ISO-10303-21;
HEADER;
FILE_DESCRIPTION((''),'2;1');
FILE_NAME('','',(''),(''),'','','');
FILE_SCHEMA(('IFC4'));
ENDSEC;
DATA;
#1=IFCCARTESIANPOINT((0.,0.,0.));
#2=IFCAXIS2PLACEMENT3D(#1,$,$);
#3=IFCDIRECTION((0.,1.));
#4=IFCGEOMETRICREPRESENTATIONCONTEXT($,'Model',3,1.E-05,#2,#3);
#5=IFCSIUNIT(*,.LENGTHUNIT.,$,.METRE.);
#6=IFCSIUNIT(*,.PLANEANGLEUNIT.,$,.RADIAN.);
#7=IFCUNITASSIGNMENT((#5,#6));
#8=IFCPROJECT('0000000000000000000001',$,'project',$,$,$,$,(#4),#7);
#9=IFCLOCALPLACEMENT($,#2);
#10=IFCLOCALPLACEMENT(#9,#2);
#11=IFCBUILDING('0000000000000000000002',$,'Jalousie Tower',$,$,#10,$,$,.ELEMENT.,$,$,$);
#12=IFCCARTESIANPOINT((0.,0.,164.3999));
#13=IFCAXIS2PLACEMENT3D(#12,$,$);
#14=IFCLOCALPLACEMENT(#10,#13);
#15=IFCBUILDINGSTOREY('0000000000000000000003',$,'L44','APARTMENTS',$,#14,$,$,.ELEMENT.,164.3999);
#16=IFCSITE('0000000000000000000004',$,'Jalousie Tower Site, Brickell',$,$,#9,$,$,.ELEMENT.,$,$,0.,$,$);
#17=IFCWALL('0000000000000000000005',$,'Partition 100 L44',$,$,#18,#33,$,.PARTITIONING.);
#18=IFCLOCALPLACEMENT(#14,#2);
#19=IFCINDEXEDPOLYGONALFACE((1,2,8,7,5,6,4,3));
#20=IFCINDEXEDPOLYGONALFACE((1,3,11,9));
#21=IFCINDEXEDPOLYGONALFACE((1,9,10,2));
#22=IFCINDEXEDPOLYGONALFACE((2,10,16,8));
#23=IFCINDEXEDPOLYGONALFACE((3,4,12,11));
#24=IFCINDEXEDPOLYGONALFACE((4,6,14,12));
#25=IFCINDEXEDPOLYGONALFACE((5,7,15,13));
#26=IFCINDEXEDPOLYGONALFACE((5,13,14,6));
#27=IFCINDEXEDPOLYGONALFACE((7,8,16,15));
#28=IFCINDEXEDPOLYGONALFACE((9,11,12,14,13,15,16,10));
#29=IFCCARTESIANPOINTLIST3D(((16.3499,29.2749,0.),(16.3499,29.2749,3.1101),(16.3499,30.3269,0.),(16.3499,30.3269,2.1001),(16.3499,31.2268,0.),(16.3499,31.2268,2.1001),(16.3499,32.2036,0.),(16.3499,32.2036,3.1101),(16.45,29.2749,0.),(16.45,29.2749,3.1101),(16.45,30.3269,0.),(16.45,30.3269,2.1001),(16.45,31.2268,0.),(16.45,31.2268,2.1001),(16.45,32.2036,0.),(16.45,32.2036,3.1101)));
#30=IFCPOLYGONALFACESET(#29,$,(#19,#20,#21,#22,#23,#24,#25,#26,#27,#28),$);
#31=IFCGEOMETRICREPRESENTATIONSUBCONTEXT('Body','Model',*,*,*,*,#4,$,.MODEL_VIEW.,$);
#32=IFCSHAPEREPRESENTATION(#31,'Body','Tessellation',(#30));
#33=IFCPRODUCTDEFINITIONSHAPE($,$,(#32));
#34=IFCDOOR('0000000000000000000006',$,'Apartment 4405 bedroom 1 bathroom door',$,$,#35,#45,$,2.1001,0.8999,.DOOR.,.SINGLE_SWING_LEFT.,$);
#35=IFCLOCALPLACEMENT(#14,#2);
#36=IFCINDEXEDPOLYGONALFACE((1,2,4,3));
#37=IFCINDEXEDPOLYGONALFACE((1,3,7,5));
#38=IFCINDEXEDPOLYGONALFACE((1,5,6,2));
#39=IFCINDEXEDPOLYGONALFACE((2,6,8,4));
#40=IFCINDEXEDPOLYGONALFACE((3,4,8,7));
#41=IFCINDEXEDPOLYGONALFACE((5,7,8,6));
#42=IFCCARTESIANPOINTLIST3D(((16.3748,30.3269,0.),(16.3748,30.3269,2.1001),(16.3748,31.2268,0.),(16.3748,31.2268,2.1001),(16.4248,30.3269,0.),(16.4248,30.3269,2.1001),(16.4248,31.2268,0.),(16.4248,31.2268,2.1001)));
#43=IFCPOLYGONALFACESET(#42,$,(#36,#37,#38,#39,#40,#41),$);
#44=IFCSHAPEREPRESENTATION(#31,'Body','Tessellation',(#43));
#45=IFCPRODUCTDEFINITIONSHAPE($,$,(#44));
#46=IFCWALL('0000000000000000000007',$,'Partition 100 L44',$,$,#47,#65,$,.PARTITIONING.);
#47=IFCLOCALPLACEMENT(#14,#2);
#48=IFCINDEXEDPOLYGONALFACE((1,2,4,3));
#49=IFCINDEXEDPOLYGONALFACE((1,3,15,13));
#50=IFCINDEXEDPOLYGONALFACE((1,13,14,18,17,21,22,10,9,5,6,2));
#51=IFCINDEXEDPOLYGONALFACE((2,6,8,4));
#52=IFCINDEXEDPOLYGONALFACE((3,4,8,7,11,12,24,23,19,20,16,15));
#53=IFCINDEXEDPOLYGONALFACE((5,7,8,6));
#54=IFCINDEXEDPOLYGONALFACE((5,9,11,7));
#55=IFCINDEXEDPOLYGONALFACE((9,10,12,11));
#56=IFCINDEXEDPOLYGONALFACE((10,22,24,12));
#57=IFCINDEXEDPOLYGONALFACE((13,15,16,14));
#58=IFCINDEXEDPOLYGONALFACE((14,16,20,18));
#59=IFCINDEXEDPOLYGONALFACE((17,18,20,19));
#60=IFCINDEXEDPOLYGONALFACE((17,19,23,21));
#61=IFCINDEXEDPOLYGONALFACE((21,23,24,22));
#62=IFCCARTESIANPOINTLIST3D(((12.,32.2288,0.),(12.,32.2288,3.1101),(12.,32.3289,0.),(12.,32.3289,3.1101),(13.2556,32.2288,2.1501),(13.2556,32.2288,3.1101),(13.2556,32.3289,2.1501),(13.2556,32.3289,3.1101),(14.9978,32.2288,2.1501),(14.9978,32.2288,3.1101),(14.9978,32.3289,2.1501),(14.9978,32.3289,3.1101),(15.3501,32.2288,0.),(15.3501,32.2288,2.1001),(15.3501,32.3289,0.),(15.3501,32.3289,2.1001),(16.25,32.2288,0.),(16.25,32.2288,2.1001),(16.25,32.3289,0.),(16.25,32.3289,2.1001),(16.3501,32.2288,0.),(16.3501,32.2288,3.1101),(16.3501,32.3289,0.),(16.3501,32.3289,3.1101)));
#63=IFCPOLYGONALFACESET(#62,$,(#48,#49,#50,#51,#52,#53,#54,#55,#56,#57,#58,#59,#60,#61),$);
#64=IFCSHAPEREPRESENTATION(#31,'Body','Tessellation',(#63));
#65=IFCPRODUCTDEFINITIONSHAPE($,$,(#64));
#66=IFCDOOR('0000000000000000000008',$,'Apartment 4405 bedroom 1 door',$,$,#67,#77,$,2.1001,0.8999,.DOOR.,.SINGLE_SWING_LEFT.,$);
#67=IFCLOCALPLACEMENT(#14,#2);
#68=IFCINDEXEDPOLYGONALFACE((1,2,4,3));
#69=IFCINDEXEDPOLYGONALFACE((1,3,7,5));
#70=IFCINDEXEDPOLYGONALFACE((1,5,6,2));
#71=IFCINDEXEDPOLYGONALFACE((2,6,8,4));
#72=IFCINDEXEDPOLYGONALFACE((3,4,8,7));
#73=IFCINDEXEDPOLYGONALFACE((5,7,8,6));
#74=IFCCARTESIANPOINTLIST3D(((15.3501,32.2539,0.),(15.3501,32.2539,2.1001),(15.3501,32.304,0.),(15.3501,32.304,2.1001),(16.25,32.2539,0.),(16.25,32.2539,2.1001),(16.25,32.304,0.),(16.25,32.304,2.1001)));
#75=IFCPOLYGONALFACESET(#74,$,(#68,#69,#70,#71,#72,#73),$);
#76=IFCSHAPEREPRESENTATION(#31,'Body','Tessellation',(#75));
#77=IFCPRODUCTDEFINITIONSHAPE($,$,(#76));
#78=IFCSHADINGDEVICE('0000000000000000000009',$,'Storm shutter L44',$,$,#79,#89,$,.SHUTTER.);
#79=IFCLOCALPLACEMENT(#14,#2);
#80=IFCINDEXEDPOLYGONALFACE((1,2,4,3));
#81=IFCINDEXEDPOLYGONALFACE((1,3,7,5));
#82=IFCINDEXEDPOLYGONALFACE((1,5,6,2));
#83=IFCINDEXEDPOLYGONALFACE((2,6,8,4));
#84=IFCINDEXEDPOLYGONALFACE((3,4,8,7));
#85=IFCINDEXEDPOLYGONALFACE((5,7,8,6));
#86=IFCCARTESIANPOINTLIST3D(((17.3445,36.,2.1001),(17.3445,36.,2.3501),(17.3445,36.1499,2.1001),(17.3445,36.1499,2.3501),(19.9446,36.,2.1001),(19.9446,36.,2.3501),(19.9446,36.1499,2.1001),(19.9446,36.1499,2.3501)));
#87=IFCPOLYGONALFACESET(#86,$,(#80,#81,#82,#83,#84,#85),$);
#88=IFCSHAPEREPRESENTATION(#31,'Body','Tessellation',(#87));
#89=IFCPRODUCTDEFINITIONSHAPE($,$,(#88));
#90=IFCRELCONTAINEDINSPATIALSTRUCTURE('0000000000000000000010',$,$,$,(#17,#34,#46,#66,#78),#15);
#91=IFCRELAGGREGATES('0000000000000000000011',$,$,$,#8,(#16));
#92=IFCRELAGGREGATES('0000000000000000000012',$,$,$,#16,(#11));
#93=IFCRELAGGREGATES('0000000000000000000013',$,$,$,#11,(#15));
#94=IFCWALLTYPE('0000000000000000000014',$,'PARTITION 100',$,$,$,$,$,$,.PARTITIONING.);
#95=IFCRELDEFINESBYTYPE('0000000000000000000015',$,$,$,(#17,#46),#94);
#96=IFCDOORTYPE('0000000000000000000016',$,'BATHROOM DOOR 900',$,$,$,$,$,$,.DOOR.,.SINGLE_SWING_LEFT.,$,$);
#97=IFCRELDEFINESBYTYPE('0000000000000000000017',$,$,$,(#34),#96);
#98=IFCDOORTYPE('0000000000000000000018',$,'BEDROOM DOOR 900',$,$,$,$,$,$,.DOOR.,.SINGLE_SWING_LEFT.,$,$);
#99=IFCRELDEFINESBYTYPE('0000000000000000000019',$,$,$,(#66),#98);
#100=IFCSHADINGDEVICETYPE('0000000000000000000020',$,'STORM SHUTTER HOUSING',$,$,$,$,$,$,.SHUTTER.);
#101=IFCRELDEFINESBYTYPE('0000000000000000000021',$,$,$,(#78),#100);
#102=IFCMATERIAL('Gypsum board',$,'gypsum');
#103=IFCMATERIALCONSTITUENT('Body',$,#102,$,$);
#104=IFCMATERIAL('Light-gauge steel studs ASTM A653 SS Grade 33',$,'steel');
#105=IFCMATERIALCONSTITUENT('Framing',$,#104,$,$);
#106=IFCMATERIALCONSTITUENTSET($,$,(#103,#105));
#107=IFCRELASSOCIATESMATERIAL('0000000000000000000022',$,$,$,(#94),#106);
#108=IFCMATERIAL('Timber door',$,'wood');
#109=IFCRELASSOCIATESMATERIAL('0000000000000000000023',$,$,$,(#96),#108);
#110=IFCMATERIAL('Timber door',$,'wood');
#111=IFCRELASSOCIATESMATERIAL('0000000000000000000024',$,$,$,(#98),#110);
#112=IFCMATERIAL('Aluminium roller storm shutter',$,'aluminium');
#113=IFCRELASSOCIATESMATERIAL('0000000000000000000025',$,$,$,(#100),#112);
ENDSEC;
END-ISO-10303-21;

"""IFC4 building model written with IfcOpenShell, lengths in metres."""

from ifc_helpers import new_model, si_unit, direction, frame, frame_2d, origin, origin_2d, place, context, subcontext, project, spatial, polyline, rectangle, outline, extrude, material, constituent, constituent_set, type_object, element, fill, save


model = new_model("IFC4")

# Units and contexts
model_context = context("Model", 3, precision=1e-05, world=origin(), true_north=direction((0.0, 1.0)))
body_context = subcontext(model_context, "Body", "Model", "MODEL_VIEW")
ifc_project = project(units=[si_unit("LENGTHUNIT", "METRE"), si_unit("PLANEANGLEUNIT", "RADIAN")], contexts=[model_context])

# Site, building, storey
site_placement = place(None, origin())
site = spatial("IfcSite", under=ifc_project, at=site_placement, Name="Jalousie Tower Site, Brickell", CompositionType="ELEMENT", RefElevation=0.0)
building_placement = place(site_placement, origin())
building = spatial("IfcBuilding", under=site, at=building_placement, Name="Jalousie Tower", CompositionType="ELEMENT")
storey_placement = place(building_placement, frame((0.0, 0.0, 164.3999)))
storey = spatial("IfcBuildingStorey", under=building, at=storey_placement, Name="L44", Description="APARTMENTS", CompositionType="ELEMENT", Elevation=164.3999)

# Walls, openings, doors
ifc_material_1 = material(Name="Gypsum board", Category="gypsum")
ifc_constituent_1 = constituent(ifc_material_1, Name="Body")
ifc_material_2 = material(Name="Light-gauge steel studs ASTM A653 SS Grade 33", Category="steel")
ifc_constituent_2 = constituent(ifc_material_2, Name="Framing")
ifc_constituent_set_1 = constituent_set(constituents=[ifc_constituent_1, ifc_constituent_2])
wall_type_1 = type_object("IfcWallType", Name="PARTITION 100", PredefinedType="PARTITIONING", material=ifc_constituent_set_1)
wall_1_placement = place(storey_placement, frame((16.3999, 32.2036, 0.0), z_axis=(0.0, 0.0, 1.0), x_axis=(0.0, -1.0, 0.0)))
wall_1 = element("IfcWall", 1, at=wall_1_placement, inside=storey, type_object=wall_type_1, Name="Partition 100 L44", PredefinedType="PARTITIONING", context=body_context, shape_type="SweptSolid", body=[
    extrude(rectangle(XDim=2.9287, YDim=0.1001, at=frame_2d((1.4644, 0.0))), origin(), (0.0, 0.0, 1.0), 3.1101),
])
opening_1_placement = place(wall_1_placement, frame((0.9768, 0.0, 0.0)))
opening_1 = element("IfcOpeningElement", 2, at=opening_1_placement, cuts=wall_1, PredefinedType="OPENING", context=body_context, shape_type="SweptSolid", body=[
    extrude(rectangle(XDim=0.8999, YDim=2.1001, at=frame_2d((0.45, 1.05))), frame((0.0, 0.0601, 0.0), z_axis=(0.0, -1.0, 0.0), x_axis=(1.0, 0.0, 0.0)), (0.0, 0.0, 1.0), 0.1201),
])
ifc_material_3 = material(Name="Timber door", Category="wood")
door_type_1 = type_object("IfcDoorType", Name="BATHROOM DOOR 900", OperationType="SINGLE_SWING_LEFT", PredefinedType="DOOR", material=ifc_material_3)
door_1_placement = place(opening_1_placement, origin())
door_1 = element("IfcDoor", 3, at=door_1_placement, inside=storey, type_object=door_type_1, Name="Apartment 4405 bedroom 1 bathroom door", OperationType="SINGLE_SWING_LEFT", OverallHeight=2.1001, OverallWidth=0.8999, PredefinedType="DOOR", context=body_context, shape_type="SweptSolid", body=[
    extrude(rectangle(XDim=0.8999, YDim=2.1001, at=frame_2d((0.45, 1.05))), frame((0.0, 0.0249, 0.0), z_axis=(0.0, -1.0, 0.0), x_axis=(1.0, 0.0, 0.0)), (0.0, 0.0, 1.0), 0.05),
])
fill(opening_1, door_1)
wall_2_placement = place(storey_placement, frame((16.3501, 32.2788, 0.0), z_axis=(0.0, 0.0, 1.0), x_axis=(-1.0, 0.0, 0.0)))
wall_2 = element("IfcWall", 4, at=wall_2_placement, inside=storey, type_object=wall_type_1, Name="Partition 100 L44", PredefinedType="PARTITIONING", context=body_context, shape_type="SweptSolid", body=[
    extrude(outline(polyline([(0.0, 0.0), (4.3501, 0.0), (4.3501, 3.1101), (3.0945, 3.1101), (3.0945, 2.1501), (1.3523, 2.1501), (1.3523, 3.1101), (0.0, 3.1101), (0.0, 0.0)])), frame((0.0, 0.05, 0.0), z_axis=(0.0, -1.0, 0.0), x_axis=(1.0, 0.0, 0.0)), (0.0, 0.0, 1.0), 0.1001),
])
opening_2_placement = place(wall_2_placement, frame((0.1001, 0.0, 0.0)))
opening_2 = element("IfcOpeningElement", 5, at=opening_2_placement, cuts=wall_2, PredefinedType="OPENING", context=body_context, shape_type="SweptSolid", body=[
    extrude(rectangle(XDim=0.8999, YDim=2.1001, at=frame_2d((0.45, 1.05))), frame((0.0, 0.0601, 0.0), z_axis=(0.0, -1.0, 0.0), x_axis=(1.0, 0.0, 0.0)), (0.0, 0.0, 1.0), 0.1201),
])
ifc_material_4 = material(Name="Timber door", Category="wood")
door_type_2 = type_object("IfcDoorType", Name="BEDROOM DOOR 900", OperationType="SINGLE_SWING_LEFT", PredefinedType="DOOR", material=ifc_material_4)
door_2_placement = place(opening_2_placement, origin())
door_2 = element("IfcDoor", 6, at=door_2_placement, inside=storey, type_object=door_type_2, Name="Apartment 4405 bedroom 1 door", OperationType="SINGLE_SWING_LEFT", OverallHeight=2.1001, OverallWidth=0.8999, PredefinedType="DOOR", context=body_context, shape_type="SweptSolid", body=[
    extrude(rectangle(XDim=0.8999, YDim=2.1001, at=frame_2d((0.45, 1.05))), frame((0.0, 0.0249, 0.0), z_axis=(0.0, -1.0, 0.0), x_axis=(1.0, 0.0, 0.0)), (0.0, 0.0, 1.0), 0.05),
])
fill(opening_2, door_2)

# Shading device
ifc_material_5 = material(Name="Aluminium roller storm shutter", Category="aluminium")
shading_device_type = type_object("IfcShadingDeviceType", Name="STORM SHUTTER HOUSING", PredefinedType="SHUTTER", material=ifc_material_5)
shading_device_placement = place(storey_placement, frame((18.6445, 36.075, 2.1001), z_axis=(0.0, 0.0, 1.0), x_axis=(-1.0, 0.0, 0.0)))
element("IfcShadingDevice", 7, at=shading_device_placement, inside=storey, type_object=shading_device_type, Name="Storm shutter L44", PredefinedType="SHUTTER", context=body_context, shape_type="SweptSolid", body=[
    extrude(rectangle(XDim=2.6001, YDim=0.1499, at=origin_2d()), origin(), (0.0, 0.0, 1.0), 0.25),
])

save(model, "model.ifc")
